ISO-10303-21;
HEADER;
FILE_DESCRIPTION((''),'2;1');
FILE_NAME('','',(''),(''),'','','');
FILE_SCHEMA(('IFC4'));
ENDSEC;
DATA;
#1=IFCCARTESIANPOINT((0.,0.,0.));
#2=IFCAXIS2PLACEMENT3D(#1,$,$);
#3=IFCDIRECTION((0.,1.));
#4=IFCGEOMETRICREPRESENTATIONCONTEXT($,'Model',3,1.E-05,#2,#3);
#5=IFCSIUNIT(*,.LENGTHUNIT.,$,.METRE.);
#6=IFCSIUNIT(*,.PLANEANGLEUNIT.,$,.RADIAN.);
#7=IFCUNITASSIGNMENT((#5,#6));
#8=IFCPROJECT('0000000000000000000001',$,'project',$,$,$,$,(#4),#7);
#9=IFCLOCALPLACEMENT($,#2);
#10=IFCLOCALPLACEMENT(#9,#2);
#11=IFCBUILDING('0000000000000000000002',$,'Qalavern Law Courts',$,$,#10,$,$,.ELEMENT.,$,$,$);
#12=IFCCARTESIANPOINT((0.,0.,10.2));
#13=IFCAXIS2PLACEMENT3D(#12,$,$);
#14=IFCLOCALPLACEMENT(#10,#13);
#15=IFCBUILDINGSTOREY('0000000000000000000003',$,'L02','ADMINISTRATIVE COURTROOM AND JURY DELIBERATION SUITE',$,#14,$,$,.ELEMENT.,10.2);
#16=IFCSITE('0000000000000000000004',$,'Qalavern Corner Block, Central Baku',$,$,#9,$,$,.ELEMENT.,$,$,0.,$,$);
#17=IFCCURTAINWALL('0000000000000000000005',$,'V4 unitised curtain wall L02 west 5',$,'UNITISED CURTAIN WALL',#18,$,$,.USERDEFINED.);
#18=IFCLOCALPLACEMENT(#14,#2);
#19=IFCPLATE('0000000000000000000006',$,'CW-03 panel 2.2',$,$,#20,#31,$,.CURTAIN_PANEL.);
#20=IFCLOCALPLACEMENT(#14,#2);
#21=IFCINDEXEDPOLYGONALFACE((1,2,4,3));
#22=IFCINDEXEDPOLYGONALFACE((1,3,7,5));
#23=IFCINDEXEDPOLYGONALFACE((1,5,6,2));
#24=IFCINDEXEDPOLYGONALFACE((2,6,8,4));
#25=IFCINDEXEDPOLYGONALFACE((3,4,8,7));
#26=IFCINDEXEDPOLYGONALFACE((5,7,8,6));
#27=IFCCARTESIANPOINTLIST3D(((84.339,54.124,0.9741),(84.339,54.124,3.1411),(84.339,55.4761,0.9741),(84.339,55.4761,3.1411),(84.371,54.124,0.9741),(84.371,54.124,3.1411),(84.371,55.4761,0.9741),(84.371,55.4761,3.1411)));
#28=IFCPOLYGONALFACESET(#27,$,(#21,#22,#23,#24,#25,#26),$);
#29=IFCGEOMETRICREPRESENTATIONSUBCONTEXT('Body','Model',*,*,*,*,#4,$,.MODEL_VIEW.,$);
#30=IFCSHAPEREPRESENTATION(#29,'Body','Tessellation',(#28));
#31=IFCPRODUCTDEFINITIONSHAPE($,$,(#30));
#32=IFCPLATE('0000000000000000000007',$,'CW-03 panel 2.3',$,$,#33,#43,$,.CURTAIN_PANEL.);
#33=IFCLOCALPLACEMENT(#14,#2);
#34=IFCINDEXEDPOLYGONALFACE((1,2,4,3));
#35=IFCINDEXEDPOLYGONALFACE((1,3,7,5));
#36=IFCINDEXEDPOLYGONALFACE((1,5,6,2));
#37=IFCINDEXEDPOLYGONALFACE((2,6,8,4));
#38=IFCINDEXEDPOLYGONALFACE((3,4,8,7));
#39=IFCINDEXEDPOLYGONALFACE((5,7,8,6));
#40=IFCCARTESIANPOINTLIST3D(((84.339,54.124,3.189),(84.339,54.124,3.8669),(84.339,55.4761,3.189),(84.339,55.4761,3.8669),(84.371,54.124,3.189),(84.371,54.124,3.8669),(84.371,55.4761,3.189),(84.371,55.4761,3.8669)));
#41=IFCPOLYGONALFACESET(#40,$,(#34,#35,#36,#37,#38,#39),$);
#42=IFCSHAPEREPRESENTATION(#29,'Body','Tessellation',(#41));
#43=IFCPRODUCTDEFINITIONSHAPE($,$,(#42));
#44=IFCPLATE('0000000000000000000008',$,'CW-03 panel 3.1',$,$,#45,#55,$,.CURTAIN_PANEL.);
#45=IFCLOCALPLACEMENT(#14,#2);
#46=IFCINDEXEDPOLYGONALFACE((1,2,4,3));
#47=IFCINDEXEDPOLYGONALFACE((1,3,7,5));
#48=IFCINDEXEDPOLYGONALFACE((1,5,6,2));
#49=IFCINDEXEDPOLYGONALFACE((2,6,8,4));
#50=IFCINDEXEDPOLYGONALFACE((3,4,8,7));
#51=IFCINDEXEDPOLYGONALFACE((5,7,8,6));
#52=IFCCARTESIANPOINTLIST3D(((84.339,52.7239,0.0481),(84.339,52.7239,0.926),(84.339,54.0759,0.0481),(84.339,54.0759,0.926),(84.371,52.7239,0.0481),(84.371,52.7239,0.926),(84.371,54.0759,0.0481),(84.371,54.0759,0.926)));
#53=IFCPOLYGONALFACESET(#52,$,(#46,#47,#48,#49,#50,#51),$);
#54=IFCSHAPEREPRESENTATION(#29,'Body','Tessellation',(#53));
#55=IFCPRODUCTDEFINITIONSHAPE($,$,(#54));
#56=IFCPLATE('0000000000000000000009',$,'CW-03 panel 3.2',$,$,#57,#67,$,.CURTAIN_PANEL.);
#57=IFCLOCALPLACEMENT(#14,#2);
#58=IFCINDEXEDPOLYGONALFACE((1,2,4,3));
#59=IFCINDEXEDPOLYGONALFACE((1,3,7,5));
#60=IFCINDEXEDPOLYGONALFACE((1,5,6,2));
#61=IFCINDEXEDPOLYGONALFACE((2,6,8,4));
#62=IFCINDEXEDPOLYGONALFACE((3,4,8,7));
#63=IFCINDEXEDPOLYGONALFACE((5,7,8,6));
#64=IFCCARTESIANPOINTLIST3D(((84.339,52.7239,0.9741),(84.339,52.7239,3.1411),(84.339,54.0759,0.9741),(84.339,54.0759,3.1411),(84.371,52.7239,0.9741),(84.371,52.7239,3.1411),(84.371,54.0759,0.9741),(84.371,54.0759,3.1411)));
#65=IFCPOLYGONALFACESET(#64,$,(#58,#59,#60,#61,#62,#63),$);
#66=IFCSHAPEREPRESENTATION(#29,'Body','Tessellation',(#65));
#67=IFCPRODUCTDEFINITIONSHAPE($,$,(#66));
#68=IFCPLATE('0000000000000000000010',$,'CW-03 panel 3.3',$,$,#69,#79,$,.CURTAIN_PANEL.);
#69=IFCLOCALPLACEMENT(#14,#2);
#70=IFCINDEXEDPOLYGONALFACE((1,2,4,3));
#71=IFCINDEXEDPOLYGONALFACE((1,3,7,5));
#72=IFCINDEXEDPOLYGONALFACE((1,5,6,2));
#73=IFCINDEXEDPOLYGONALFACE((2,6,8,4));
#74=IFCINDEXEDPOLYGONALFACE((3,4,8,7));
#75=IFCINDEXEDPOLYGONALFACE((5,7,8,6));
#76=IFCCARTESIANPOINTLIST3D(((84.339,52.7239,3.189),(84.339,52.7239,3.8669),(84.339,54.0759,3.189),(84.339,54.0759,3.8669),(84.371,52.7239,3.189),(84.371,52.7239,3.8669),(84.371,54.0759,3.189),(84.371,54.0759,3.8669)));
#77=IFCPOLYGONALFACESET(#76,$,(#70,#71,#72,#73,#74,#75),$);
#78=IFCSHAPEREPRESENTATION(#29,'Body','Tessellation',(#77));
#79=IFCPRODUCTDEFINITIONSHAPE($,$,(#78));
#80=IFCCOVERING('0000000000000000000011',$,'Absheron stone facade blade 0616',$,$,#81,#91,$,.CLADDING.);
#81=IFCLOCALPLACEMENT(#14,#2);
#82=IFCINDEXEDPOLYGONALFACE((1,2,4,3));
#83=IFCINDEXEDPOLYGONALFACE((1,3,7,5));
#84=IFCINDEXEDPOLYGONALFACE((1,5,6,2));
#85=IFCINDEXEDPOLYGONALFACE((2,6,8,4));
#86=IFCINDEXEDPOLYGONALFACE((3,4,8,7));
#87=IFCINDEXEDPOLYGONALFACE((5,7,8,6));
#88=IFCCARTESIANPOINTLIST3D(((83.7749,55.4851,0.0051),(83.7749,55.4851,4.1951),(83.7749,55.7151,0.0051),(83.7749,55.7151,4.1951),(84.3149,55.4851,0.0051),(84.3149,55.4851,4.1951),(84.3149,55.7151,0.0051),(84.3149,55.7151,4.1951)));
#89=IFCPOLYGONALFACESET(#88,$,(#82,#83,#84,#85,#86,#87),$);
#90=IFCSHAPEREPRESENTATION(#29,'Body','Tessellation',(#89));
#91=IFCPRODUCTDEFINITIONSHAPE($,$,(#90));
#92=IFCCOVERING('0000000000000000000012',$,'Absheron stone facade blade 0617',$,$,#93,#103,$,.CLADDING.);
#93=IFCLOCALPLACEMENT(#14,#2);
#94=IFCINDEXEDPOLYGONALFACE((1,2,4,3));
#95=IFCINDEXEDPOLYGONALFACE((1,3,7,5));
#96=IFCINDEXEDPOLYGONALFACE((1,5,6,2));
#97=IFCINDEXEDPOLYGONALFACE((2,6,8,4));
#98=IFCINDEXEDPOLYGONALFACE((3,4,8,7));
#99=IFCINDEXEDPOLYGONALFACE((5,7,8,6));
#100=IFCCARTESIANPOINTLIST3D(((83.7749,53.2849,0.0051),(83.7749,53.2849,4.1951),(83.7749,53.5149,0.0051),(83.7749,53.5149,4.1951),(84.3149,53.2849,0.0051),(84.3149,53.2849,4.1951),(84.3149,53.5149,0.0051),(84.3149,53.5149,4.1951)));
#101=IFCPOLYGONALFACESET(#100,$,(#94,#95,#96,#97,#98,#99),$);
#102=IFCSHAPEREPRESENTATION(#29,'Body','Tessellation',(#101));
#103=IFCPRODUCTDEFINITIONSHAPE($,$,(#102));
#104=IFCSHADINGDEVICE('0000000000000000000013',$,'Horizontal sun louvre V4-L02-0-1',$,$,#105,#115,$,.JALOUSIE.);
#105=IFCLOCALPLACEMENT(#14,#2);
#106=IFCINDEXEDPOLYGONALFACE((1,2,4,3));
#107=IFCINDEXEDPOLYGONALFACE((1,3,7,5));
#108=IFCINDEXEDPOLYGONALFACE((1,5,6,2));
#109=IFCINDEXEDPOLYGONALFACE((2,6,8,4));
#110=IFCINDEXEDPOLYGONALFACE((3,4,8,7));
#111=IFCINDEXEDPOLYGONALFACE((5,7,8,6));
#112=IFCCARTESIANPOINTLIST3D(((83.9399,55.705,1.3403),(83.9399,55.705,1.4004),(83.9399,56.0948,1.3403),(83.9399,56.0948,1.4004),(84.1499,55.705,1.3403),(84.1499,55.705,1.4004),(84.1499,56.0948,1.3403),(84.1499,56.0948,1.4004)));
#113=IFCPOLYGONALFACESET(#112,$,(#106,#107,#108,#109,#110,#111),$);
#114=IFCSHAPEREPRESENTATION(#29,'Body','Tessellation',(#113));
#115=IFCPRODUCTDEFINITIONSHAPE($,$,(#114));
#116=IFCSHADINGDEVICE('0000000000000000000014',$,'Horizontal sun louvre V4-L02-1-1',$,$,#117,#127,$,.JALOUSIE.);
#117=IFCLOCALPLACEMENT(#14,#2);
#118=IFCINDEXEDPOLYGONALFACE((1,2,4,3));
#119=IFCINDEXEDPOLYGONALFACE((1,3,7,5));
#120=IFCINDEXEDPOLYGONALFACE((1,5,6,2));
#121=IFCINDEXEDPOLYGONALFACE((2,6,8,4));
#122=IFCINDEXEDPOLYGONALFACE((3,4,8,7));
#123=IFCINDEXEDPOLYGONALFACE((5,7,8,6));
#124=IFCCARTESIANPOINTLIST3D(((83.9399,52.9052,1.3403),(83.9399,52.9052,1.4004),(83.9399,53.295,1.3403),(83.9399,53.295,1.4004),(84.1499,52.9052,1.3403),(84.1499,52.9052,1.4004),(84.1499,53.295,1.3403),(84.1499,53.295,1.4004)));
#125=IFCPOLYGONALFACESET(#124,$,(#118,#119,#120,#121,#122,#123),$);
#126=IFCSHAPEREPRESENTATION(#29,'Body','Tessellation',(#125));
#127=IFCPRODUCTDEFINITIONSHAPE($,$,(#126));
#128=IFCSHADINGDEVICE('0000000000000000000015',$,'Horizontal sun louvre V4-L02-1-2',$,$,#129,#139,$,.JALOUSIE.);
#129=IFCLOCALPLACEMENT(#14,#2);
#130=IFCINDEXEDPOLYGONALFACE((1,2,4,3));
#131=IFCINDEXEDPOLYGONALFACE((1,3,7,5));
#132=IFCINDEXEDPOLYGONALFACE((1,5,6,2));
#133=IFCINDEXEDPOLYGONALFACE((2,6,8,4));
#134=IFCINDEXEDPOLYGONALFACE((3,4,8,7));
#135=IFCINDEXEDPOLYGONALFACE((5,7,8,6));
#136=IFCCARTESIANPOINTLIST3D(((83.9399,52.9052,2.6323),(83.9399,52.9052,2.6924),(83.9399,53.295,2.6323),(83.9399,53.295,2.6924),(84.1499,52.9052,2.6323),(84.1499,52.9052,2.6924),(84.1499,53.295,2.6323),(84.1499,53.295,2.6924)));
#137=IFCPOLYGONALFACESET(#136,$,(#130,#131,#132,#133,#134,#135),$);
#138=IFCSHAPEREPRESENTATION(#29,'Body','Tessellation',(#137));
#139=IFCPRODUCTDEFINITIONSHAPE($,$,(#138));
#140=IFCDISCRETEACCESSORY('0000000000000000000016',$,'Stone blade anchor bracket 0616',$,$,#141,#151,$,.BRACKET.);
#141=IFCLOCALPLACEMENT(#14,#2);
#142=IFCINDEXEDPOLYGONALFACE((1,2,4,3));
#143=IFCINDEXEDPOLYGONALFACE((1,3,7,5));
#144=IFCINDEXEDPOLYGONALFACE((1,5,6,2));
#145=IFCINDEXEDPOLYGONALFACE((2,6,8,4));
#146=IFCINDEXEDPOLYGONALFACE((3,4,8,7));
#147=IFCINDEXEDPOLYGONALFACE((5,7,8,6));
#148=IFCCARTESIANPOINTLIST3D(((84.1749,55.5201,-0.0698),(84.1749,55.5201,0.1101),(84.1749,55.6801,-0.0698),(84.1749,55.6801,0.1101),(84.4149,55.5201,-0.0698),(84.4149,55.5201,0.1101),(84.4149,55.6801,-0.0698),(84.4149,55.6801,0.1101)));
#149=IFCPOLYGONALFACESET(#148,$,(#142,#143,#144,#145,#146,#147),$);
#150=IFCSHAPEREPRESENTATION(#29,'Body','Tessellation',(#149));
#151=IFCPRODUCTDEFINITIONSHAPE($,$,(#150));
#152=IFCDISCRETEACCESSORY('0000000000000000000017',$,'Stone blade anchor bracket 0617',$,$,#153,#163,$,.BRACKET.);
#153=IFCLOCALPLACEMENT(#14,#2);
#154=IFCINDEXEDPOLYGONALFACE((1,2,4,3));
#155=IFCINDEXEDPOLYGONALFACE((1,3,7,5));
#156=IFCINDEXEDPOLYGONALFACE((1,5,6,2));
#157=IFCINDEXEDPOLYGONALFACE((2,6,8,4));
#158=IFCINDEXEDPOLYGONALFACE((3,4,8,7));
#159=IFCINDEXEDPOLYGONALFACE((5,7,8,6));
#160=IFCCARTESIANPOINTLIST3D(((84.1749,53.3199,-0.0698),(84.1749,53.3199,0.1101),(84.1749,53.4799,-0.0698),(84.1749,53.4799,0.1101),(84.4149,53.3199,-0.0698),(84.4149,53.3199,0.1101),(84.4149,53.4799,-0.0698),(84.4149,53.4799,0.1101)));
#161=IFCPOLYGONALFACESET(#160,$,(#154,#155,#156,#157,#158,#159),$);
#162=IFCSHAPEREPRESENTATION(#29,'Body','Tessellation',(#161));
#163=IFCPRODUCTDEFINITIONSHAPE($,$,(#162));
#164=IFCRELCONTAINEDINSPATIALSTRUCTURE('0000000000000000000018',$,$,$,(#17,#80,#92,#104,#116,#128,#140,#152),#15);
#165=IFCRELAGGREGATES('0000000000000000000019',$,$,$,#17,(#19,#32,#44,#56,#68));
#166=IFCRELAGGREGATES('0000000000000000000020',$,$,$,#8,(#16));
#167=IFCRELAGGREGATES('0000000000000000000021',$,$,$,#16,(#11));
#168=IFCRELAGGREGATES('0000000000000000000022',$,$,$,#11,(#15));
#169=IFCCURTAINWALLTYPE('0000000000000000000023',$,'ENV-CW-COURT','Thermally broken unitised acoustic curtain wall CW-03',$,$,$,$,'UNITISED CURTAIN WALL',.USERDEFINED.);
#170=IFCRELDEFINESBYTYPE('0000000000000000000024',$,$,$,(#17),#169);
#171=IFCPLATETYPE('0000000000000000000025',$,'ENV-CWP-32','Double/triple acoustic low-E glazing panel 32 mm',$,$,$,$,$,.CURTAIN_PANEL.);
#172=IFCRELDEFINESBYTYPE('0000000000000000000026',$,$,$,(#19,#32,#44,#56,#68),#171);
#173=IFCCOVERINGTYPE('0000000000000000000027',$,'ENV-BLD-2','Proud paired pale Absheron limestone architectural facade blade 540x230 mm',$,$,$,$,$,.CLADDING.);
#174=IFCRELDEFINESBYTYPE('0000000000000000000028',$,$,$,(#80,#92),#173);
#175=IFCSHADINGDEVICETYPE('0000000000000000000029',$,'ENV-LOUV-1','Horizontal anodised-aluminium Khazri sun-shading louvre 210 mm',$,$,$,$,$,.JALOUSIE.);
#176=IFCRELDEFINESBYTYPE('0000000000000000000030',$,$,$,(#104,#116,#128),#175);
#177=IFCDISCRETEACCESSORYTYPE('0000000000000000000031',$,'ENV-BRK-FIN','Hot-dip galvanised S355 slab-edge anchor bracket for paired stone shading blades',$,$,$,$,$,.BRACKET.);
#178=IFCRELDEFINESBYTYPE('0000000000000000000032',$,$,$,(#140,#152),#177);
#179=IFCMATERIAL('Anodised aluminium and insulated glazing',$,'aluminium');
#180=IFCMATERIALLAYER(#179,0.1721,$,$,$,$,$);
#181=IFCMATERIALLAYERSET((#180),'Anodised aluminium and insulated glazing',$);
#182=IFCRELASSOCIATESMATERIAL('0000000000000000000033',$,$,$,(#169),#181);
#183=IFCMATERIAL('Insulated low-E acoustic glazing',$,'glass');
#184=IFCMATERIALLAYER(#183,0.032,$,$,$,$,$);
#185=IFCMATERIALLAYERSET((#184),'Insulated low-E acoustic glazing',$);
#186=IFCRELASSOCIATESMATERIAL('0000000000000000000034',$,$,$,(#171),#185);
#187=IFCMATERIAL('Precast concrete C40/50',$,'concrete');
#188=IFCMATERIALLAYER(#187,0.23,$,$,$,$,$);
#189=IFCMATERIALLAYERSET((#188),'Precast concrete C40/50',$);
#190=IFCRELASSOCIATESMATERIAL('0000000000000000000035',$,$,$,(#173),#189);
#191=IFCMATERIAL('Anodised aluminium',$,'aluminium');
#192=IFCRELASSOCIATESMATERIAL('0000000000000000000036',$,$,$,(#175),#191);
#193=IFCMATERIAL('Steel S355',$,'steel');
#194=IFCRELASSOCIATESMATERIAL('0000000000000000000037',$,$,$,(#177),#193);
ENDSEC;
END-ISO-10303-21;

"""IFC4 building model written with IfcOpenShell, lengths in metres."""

from ifc_helpers import new_model, si_unit, direction, frame, origin, origin_2d, place, context, subcontext, project, spatial, rectangle, extrude, material, layer, layer_set, type_object, element, aggregate, save


model = new_model("IFC4")

# Units and contexts
model_context = context("Model", 3, precision=1e-05, world=origin(), true_north=direction((0.0, 1.0)))
body_context = subcontext(model_context, "Body", "Model", "MODEL_VIEW")
ifc_project = project(units=[si_unit("LENGTHUNIT", "METRE"), si_unit("PLANEANGLEUNIT", "RADIAN")], contexts=[model_context])

# Site, building, storey
site_placement = place(None, origin())
site = spatial("IfcSite", under=ifc_project, at=site_placement, Name="Qalavern Corner Block, Central Baku", CompositionType="ELEMENT", RefElevation=0.0)
building_placement = place(site_placement, origin())
building = spatial("IfcBuilding", under=site, at=building_placement, Name="Qalavern Law Courts", CompositionType="ELEMENT")
storey_placement = place(building_placement, frame((0.0, 0.0, 10.2)))
storey = spatial("IfcBuildingStorey", under=building, at=storey_placement, Name="L02", Description="ADMINISTRATIVE COURTROOM AND JURY DELIBERATION SUITE", CompositionType="ELEMENT", Elevation=10.2)

# Curtain wall, plates
ifc_material_1 = material(Name="Anodised aluminium and insulated glazing", Category="aluminium")
ifc_layer_1 = layer(ifc_material_1, 0.1721)
ifc_layer_set_1 = layer_set([ifc_layer_1], Name="Anodised aluminium and insulated glazing")
curtain_wall_type = type_object("IfcCurtainWallType", Name="ENV-CW-COURT", Description="Thermally broken unitised acoustic curtain wall CW-03", ElementType="UNITISED CURTAIN WALL", PredefinedType="USERDEFINED", material=ifc_layer_set_1)
curtain_wall_placement = place(storey_placement, origin())
curtain_wall = element("IfcCurtainWall", 1, at=curtain_wall_placement, inside=storey, type_object=curtain_wall_type, Name="V4 unitised curtain wall L02 west 5", ObjectType="UNITISED CURTAIN WALL", PredefinedType="USERDEFINED")
ifc_material_2 = material(Name="Anodised aluminium", Category="aluminium")
ifc_material_3 = material(Name="Insulated low-E acoustic glazing", Category="glass")
ifc_layer_2 = layer(ifc_material_3, 0.032)
ifc_layer_set_2 = layer_set([ifc_layer_2], Name="Insulated low-E acoustic glazing")
plate_type = type_object("IfcPlateType", Name="ENV-CWP-32", Description="Double/triple acoustic low-E glazing panel 32 mm", PredefinedType="CURTAIN_PANEL", material=ifc_layer_set_2)
plate_1_placement = place(storey_placement, frame((84.355, 54.8, 0.9741), z_axis=(0.0, 0.0, 1.0), x_axis=(0.0, -1.0, 0.0)))
plate_1 = element("IfcPlate", 2, at=plate_1_placement, type_object=plate_type, Name="CW-03 panel 2.2", PredefinedType="CURTAIN_PANEL", context=body_context, shape_type="SweptSolid", body=[
    extrude(rectangle(XDim=1.3521, YDim=0.032, at=origin_2d()), origin(), (0.0, 0.0, 1.0), 2.167),
])
plate_2_placement = place(storey_placement, frame((84.355, 54.8, 3.189), z_axis=(0.0, 0.0, 1.0), x_axis=(0.0, -1.0, 0.0)))
plate_2 = element("IfcPlate", 3, at=plate_2_placement, type_object=plate_type, Name="CW-03 panel 2.3", PredefinedType="CURTAIN_PANEL", context=body_context, shape_type="SweptSolid", body=[
    extrude(rectangle(XDim=1.3521, YDim=0.032, at=origin_2d()), origin(), (0.0, 0.0, 1.0), 0.678),
])
plate_3_placement = place(storey_placement, frame((84.355, 53.3999, 0.0481), z_axis=(0.0, 0.0, 1.0), x_axis=(0.0, -1.0, 0.0)))
plate_3 = element("IfcPlate", 4, at=plate_3_placement, type_object=plate_type, Name="CW-03 panel 3.1", PredefinedType="CURTAIN_PANEL", context=body_context, shape_type="SweptSolid", body=[
    extrude(rectangle(XDim=1.3521, YDim=0.032, at=origin_2d()), origin(), (0.0, 0.0, 1.0), 0.8779),
])
plate_4_placement = place(storey_placement, frame((84.355, 53.3999, 0.9741), z_axis=(0.0, 0.0, 1.0), x_axis=(0.0, -1.0, 0.0)))
plate_4 = element("IfcPlate", 5, at=plate_4_placement, type_object=plate_type, Name="CW-03 panel 3.2", PredefinedType="CURTAIN_PANEL", context=body_context, shape_type="SweptSolid", body=[
    extrude(rectangle(XDim=1.3521, YDim=0.032, at=origin_2d()), origin(), (0.0, 0.0, 1.0), 2.167),
])
plate_5_placement = place(storey_placement, frame((84.355, 53.3999, 3.189), z_axis=(0.0, 0.0, 1.0), x_axis=(0.0, -1.0, 0.0)))
plate_5 = element("IfcPlate", 6, at=plate_5_placement, type_object=plate_type, Name="CW-03 panel 3.3", PredefinedType="CURTAIN_PANEL", context=body_context, shape_type="SweptSolid", body=[
    extrude(rectangle(XDim=1.3521, YDim=0.032, at=origin_2d()), origin(), (0.0, 0.0, 1.0), 0.678),
])
aggregate(curtain_wall, [plate_1, plate_2, plate_3, plate_4, plate_5])

# Coverings
ifc_material_4 = material(Name="Precast concrete C40/50", Category="concrete")
ifc_layer_3 = layer(ifc_material_4, 0.23)
ifc_layer_set_3 = layer_set([ifc_layer_3], Name="Precast concrete C40/50")
covering_type = type_object("IfcCoveringType", Name="ENV-BLD-2", Description="Proud paired pale Absheron limestone architectural facade blade 540x230 mm", PredefinedType="CLADDING", material=ifc_layer_set_3)
for number, where, z_axis, x_axis, name in (
    (7, (84.0449, 55.6001, 0.0051), (0.0, 0.0, 1.0), (-1.0, 0.0, 0.0), "Absheron stone facade blade 0616"),
    (8, (84.0449, 53.3999, 0.0051), (0.0, 0.0, 1.0), (-1.0, 0.0, 0.0), "Absheron stone facade blade 0617"),
):
    element("IfcCovering", number, at=place(storey_placement, frame(where, z_axis=z_axis, x_axis=x_axis)), inside=storey, type_object=covering_type, Name=name, PredefinedType="CLADDING", context=body_context, shape_type="SweptSolid", body=[
        extrude(rectangle(XDim=0.54, YDim=0.23, at=origin_2d()), origin(), (0.0, 0.0, 1.0), 4.1899),
    ])

# Shading devices
shading_device_type = type_object("IfcShadingDeviceType", Name="ENV-LOUV-1", Description="Horizontal anodised-aluminium Khazri sun-shading louvre 210 mm", PredefinedType="JALOUSIE", material=ifc_material_2)
for number, where, z_axis, x_axis, name in (
    (9, (84.0449, 55.8999, 1.3403), (0.0, 0.0, 1.0), (0.0, -1.0, 0.0), "Horizontal sun louvre V4-L02-0-1"),
    (10, (84.0449, 53.1001, 1.3403), (0.0, 0.0, 1.0), (0.0, -1.0, 0.0), "Horizontal sun louvre V4-L02-1-1"),
    (11, (84.0449, 53.1001, 2.6323), (0.0, 0.0, 1.0), (0.0, -1.0, 0.0), "Horizontal sun louvre V4-L02-1-2"),
):
    element("IfcShadingDevice", number, at=place(storey_placement, frame(where, z_axis=z_axis, x_axis=x_axis)), inside=storey, type_object=shading_device_type, Name=name, PredefinedType="JALOUSIE", context=body_context, shape_type="SweptSolid", body=[
        extrude(rectangle(XDim=0.3899, YDim=0.21, at=origin_2d()), origin(), (0.0, 0.0, 1.0), 0.0601),
    ])

# Discrete accessories
ifc_material_5 = material(Name="Steel S355", Category="steel")
discrete_accessory_type = type_object("IfcDiscreteAccessoryType", Name="ENV-BRK-FIN", Description="Hot-dip galvanised S355 slab-edge anchor bracket for paired stone shading blades", PredefinedType="BRACKET", material=ifc_material_5)
for number, where, z_axis, x_axis, name in (
    (12, (84.2949, 55.6001, -0.0698), (0.0, 0.0, 1.0), (-1.0, 0.0, 0.0), "Stone blade anchor bracket 0616"),
    (13, (84.2949, 53.3999, -0.0698), (0.0, 0.0, 1.0), (-1.0, 0.0, 0.0), "Stone blade anchor bracket 0617"),
):
    element("IfcDiscreteAccessory", number, at=place(storey_placement, frame(where, z_axis=z_axis, x_axis=x_axis)), inside=storey, type_object=discrete_accessory_type, Name=name, PredefinedType="BRACKET", context=body_context, shape_type="SweptSolid", body=[
        extrude(rectangle(XDim=0.24, YDim=0.1599, at=origin_2d()), origin(), (0.0, 0.0, 1.0), 0.1799),
    ])

save(model, "model.ifc")
